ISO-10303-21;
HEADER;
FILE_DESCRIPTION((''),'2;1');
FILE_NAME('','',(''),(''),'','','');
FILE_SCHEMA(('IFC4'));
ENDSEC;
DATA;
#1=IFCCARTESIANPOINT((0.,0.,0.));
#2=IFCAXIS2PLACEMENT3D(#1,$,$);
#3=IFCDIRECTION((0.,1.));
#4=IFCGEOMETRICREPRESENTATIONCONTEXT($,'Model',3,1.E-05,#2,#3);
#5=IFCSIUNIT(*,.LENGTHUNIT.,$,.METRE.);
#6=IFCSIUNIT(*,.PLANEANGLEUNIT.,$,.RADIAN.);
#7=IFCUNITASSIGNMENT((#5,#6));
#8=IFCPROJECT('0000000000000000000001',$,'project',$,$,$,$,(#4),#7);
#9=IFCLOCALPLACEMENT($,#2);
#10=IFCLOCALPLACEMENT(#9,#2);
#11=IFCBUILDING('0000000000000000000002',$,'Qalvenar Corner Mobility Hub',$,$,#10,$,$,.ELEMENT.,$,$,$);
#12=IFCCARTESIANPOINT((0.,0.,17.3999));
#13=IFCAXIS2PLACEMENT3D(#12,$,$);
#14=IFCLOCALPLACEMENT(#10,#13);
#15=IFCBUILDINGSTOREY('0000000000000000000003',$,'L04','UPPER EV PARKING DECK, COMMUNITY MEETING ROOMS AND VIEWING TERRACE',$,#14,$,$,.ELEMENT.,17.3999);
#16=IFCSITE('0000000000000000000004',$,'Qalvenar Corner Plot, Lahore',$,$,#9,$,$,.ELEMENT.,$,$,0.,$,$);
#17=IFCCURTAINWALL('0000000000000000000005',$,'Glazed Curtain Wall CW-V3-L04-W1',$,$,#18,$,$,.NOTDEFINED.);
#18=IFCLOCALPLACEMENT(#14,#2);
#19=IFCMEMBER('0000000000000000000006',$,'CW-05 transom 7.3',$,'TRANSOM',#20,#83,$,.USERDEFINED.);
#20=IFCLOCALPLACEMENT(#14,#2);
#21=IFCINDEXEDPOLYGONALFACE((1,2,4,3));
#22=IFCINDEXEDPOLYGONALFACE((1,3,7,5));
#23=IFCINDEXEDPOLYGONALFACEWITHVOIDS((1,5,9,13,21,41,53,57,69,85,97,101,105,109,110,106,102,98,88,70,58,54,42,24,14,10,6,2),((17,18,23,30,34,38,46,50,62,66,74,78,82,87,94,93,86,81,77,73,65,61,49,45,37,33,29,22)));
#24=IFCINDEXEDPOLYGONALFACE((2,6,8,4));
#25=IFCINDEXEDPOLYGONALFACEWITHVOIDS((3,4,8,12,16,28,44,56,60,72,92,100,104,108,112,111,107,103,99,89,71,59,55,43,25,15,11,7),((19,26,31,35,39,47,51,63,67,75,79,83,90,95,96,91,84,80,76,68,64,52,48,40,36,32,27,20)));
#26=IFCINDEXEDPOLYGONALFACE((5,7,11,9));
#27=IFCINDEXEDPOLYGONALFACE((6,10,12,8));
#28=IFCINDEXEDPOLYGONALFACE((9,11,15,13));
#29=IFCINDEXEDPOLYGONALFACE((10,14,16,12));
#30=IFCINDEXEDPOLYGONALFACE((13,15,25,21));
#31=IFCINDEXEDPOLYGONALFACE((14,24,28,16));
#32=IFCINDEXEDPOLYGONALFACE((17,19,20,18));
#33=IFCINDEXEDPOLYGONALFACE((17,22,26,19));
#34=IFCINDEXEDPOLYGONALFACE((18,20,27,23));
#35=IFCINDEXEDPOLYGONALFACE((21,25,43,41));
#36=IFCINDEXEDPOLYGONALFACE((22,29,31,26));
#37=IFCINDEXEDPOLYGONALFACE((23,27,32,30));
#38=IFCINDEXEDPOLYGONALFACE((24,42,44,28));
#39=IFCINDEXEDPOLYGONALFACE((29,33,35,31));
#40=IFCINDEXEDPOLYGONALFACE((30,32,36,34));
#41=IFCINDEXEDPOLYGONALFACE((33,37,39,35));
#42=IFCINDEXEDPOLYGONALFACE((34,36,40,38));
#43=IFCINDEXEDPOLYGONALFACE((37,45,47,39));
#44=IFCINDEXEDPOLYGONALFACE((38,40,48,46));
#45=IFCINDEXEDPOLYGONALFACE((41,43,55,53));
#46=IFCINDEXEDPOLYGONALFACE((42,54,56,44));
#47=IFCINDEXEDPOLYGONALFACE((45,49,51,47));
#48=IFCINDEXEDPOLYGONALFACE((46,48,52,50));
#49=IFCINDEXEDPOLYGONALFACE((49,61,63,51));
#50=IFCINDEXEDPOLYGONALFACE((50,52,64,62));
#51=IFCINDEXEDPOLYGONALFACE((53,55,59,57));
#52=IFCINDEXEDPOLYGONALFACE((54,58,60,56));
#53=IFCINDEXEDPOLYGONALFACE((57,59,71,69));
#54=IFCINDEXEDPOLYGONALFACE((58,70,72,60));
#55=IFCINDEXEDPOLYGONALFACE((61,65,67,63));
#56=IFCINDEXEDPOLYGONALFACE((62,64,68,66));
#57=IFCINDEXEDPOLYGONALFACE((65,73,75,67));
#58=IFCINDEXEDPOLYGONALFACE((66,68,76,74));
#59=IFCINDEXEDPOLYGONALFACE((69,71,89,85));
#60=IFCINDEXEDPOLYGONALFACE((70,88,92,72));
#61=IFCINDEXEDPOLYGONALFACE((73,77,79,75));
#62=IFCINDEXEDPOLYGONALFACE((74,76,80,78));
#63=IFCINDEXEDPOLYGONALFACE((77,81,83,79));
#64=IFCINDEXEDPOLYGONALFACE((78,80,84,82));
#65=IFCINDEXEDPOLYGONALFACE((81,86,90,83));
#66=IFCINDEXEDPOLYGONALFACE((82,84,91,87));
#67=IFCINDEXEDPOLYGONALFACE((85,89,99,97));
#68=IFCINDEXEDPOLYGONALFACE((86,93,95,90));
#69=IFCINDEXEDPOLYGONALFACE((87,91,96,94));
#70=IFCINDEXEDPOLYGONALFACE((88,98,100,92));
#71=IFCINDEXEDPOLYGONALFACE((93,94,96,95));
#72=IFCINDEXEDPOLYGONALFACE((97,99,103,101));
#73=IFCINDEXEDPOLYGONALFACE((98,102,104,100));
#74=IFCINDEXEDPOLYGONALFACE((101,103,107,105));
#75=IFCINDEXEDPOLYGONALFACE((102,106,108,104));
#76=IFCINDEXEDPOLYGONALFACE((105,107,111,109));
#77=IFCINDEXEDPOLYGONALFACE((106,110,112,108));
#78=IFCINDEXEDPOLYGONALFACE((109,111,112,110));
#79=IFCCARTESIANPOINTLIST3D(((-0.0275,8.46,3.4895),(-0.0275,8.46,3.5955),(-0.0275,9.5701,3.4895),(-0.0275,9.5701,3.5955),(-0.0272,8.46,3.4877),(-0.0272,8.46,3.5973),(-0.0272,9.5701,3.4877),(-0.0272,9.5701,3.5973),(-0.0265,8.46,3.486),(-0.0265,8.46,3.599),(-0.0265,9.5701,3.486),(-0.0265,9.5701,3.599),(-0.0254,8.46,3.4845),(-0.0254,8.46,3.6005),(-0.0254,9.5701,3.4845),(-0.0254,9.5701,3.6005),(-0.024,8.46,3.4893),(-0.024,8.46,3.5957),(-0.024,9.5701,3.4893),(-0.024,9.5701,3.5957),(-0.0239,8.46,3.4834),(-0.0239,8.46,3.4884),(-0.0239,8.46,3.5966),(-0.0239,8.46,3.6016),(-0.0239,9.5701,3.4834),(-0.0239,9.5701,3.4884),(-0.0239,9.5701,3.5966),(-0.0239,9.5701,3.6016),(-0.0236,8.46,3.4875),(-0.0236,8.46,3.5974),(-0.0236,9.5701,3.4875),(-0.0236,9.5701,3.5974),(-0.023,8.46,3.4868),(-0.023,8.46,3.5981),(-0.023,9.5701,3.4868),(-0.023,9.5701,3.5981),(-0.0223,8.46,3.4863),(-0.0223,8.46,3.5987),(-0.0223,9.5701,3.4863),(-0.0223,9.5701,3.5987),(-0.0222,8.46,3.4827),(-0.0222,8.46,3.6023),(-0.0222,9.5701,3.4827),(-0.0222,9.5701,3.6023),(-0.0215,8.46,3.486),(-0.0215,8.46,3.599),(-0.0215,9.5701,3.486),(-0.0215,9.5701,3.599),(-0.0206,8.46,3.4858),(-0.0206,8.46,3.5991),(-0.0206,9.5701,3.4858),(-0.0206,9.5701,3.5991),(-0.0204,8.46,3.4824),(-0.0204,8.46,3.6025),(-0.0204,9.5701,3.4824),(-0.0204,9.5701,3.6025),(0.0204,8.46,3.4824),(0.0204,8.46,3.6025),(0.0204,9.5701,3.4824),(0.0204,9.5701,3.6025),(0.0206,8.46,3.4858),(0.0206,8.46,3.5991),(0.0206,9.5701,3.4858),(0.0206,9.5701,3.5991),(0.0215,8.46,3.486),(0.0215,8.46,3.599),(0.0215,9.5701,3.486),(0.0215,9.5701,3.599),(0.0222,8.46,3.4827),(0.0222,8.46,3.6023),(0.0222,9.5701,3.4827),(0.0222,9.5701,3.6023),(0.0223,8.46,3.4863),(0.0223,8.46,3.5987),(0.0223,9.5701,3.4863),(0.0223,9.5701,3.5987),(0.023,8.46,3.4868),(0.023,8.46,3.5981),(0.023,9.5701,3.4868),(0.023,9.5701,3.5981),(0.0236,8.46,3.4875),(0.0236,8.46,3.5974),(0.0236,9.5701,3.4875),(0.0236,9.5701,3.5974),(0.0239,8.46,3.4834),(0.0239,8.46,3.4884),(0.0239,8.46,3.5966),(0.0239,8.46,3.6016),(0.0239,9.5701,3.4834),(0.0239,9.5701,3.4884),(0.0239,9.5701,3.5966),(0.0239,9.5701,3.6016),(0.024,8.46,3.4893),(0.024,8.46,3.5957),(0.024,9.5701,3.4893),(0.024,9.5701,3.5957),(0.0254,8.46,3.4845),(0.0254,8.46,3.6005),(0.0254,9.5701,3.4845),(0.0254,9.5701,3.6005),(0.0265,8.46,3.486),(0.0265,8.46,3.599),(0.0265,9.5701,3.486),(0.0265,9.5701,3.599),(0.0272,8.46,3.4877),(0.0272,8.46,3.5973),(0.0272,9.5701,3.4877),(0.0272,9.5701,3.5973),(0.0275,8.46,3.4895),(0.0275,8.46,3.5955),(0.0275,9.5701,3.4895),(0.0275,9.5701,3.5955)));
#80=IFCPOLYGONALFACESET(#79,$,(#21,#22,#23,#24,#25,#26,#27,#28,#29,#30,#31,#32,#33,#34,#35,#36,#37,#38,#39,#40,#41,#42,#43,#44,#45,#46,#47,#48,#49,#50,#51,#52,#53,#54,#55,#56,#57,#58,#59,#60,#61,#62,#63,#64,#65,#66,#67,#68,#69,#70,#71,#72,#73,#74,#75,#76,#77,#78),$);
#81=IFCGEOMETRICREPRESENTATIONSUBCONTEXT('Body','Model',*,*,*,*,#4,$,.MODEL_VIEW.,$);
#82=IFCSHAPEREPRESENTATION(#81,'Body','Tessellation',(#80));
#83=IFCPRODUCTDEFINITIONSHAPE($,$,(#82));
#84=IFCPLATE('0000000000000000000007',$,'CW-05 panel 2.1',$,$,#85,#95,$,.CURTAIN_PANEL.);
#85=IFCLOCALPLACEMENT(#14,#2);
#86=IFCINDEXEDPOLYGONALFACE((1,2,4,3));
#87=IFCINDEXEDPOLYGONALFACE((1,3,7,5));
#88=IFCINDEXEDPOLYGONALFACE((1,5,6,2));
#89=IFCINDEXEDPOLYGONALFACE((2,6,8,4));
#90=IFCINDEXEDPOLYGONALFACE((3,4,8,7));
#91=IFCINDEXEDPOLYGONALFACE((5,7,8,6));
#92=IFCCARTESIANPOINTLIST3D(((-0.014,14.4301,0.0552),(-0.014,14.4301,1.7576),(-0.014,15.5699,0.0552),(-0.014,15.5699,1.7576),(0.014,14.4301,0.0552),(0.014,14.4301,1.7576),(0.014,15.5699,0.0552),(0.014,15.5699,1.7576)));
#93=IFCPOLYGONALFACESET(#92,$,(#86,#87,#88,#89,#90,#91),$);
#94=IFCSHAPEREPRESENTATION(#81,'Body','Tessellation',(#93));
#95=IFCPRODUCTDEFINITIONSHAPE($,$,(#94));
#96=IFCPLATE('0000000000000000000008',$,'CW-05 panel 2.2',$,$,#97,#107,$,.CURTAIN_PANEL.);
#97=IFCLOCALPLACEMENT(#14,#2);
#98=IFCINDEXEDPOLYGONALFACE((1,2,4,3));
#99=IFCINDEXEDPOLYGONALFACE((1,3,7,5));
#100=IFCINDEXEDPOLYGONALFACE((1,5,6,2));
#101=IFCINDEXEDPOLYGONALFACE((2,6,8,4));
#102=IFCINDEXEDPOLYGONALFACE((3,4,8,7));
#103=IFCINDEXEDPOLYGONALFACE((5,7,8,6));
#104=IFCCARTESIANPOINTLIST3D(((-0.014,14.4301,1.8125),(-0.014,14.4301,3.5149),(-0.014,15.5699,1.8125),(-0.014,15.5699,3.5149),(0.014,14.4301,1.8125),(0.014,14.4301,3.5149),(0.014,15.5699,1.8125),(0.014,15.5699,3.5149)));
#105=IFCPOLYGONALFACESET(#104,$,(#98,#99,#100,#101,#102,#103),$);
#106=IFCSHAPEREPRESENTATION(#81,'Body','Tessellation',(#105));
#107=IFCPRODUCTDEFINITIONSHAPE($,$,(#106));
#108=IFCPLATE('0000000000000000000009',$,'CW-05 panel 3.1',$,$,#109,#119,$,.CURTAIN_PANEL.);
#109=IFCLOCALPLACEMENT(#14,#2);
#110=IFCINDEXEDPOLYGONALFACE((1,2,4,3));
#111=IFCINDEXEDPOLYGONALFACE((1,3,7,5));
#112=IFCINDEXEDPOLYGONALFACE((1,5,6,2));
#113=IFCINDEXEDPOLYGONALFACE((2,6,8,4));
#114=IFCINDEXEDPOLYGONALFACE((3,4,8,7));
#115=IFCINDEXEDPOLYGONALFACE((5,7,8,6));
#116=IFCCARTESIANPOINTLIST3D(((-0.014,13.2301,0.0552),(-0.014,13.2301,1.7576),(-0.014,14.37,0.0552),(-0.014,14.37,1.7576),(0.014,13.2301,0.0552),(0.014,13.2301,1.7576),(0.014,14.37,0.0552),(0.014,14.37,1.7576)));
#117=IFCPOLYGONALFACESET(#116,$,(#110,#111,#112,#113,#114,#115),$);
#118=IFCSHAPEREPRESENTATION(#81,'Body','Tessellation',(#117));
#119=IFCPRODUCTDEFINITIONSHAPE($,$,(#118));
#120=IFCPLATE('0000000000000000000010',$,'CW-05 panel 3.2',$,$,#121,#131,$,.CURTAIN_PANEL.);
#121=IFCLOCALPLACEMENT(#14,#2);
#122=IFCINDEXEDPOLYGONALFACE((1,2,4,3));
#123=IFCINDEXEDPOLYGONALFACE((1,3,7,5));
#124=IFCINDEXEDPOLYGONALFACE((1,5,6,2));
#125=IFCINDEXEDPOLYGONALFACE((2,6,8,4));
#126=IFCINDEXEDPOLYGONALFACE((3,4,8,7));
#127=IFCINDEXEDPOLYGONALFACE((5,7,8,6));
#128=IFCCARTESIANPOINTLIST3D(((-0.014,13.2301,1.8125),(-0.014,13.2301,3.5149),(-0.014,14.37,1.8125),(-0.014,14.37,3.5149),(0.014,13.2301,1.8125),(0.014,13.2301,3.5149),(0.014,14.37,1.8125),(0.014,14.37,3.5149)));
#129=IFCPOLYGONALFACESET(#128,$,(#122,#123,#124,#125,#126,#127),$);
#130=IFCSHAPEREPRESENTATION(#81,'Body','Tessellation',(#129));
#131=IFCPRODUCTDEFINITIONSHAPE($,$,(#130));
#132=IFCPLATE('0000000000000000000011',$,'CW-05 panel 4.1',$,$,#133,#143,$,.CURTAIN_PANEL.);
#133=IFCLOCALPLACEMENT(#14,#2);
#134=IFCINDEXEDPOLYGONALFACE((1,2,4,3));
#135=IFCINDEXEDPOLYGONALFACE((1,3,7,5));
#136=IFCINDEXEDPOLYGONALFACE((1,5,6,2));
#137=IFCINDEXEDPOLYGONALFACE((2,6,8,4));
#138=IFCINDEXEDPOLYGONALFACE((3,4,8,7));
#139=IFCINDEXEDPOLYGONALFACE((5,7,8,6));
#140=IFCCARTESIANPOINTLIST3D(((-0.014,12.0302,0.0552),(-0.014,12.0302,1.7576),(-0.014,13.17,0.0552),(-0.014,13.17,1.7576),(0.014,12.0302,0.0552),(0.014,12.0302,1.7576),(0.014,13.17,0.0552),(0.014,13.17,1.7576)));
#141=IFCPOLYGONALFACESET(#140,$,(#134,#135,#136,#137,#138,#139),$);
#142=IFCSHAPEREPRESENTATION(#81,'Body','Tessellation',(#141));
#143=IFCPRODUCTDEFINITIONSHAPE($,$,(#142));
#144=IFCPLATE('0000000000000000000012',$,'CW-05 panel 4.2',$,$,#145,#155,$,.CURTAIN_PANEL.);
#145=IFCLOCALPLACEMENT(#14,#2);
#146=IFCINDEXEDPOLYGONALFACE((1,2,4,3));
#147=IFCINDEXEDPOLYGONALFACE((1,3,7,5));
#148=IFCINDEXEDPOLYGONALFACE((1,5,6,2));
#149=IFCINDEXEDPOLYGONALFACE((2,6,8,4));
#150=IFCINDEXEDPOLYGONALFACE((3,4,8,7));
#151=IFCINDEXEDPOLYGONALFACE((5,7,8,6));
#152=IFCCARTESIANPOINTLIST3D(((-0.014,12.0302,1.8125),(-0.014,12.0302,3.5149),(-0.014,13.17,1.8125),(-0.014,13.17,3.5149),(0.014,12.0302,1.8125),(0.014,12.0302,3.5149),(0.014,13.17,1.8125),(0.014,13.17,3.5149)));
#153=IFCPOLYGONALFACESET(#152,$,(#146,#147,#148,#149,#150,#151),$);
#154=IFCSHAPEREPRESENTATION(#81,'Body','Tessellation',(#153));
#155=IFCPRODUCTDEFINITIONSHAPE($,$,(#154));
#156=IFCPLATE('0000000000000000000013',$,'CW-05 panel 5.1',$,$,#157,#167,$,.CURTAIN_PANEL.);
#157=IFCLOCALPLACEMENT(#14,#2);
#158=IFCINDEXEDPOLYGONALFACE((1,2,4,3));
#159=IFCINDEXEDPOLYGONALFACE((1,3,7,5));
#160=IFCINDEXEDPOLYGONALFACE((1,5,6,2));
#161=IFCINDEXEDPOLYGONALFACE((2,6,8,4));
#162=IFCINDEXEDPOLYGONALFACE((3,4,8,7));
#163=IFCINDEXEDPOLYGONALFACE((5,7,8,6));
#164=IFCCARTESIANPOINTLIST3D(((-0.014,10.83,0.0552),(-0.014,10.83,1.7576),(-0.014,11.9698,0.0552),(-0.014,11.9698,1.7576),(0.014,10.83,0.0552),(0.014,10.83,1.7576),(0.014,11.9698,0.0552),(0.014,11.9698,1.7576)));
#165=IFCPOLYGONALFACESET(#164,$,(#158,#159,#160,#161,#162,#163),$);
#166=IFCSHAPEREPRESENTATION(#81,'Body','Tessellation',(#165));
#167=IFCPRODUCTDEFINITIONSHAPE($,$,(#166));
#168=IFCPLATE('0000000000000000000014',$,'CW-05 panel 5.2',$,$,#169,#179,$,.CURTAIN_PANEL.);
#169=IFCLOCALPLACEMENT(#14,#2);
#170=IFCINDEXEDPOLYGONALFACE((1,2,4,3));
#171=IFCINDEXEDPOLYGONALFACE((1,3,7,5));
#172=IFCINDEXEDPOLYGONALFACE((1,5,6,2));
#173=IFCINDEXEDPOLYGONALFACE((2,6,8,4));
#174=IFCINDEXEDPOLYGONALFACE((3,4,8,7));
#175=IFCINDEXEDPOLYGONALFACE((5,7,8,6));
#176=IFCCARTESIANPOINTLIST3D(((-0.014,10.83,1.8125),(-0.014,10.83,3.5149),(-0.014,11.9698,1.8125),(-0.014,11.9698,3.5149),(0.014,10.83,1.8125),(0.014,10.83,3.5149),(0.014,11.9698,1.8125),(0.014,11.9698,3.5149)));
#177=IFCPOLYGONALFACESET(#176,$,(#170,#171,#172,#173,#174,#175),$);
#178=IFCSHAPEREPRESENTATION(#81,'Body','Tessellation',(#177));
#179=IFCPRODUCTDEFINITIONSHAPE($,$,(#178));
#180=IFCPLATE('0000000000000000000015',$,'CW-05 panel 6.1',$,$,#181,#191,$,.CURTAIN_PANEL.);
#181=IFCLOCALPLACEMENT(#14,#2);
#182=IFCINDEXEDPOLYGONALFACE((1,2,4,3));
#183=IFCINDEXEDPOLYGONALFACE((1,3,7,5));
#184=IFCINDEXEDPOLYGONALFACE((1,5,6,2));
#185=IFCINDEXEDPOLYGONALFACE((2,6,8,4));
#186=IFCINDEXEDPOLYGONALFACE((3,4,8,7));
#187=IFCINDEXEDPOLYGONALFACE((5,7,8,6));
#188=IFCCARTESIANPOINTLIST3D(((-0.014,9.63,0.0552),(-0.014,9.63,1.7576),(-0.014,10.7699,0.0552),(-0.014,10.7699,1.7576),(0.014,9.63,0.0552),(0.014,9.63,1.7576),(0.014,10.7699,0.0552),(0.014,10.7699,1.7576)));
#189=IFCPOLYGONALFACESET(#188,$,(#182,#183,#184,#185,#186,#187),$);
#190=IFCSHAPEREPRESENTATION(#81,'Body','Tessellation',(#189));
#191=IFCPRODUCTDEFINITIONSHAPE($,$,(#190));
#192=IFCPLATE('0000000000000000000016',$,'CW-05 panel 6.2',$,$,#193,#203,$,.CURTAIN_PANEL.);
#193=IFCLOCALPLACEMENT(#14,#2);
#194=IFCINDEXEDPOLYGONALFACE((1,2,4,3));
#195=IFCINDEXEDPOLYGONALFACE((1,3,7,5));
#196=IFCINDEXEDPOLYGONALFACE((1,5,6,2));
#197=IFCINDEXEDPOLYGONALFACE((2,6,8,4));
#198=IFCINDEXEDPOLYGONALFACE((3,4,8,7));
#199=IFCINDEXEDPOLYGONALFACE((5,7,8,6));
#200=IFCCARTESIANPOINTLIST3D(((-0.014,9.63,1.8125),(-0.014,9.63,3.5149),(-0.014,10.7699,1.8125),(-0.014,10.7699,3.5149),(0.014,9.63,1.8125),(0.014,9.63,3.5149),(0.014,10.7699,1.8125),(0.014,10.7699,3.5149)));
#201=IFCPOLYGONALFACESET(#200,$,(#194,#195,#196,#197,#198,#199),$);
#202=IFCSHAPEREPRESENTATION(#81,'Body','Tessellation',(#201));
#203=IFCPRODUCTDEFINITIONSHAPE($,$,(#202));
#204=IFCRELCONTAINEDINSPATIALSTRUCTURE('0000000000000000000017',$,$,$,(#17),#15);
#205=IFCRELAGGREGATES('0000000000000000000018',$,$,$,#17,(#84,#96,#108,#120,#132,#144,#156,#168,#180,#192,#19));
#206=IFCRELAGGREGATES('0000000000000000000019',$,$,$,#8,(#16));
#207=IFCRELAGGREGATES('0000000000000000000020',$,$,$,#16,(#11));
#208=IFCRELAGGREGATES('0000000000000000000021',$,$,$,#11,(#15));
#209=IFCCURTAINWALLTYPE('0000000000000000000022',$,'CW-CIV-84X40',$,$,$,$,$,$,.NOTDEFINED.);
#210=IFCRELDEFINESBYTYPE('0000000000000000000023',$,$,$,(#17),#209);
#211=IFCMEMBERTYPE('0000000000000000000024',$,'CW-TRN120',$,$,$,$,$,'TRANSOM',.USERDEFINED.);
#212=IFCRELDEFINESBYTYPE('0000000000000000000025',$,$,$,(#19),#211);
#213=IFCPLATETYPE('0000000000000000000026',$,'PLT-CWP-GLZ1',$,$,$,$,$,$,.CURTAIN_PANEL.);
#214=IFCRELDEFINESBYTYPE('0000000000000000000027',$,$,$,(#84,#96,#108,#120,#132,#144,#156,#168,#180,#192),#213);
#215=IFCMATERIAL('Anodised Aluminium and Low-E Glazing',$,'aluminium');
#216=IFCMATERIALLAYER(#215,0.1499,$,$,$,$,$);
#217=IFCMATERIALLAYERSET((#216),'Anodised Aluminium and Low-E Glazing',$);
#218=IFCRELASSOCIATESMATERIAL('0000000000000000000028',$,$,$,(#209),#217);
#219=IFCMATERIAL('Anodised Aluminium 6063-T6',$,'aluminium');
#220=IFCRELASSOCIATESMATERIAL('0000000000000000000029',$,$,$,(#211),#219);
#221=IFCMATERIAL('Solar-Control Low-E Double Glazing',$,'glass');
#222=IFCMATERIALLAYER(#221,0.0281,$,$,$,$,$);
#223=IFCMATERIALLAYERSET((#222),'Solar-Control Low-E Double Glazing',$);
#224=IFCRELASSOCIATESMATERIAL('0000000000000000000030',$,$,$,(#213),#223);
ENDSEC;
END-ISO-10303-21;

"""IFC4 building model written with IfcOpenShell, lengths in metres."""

from ifc_helpers import new_model, si_unit, direction, frame, origin, origin_2d, place, context, subcontext, project, spatial, rectangle, hollow_rectangle, extrude, material, layer, layer_set, material_profile, profile_set, type_object, element, aggregate, save


model = new_model("IFC4")

# Units and contexts
model_context = context("Model", 3, precision=1e-05, world=origin(), true_north=direction((0.0, 1.0)))
body_context = subcontext(model_context, "Body", "Model", "MODEL_VIEW")
ifc_project = project(units=[si_unit("LENGTHUNIT", "METRE"), si_unit("PLANEANGLEUNIT", "RADIAN")], contexts=[model_context])

# Site, building, storey
site_placement = place(None, origin())
site = spatial("IfcSite", under=ifc_project, at=site_placement, Name="Qalvenar Corner Plot, Lahore", CompositionType="ELEMENT", RefElevation=0.0)
building_placement = place(site_placement, origin())
building = spatial("IfcBuilding", under=site, at=building_placement, Name="Qalvenar Corner Mobility Hub", CompositionType="ELEMENT")
storey_placement = place(building_placement, frame((0.0, 0.0, 17.3999)))
storey = spatial("IfcBuildingStorey", under=building, at=storey_placement, Name="L04", Description="UPPER EV PARKING DECK, COMMUNITY MEETING ROOMS AND VIEWING TERRACE", CompositionType="ELEMENT", Elevation=17.3999)

# Curtain wall, member, plates
ifc_material_1 = material(Name="Anodised Aluminium and Low-E Glazing", Category="aluminium")
ifc_layer_1 = layer(ifc_material_1, 0.1499)
ifc_layer_set_1 = layer_set([ifc_layer_1], Name="Anodised Aluminium and Low-E Glazing")
curtain_wall_type = type_object("IfcCurtainWallType", Name="CW-CIV-84X40", PredefinedType="NOTDEFINED", material=ifc_layer_set_1)
curtain_wall_placement = place(storey_placement, origin())
curtain_wall = element("IfcCurtainWall", 1, at=curtain_wall_placement, inside=storey, type_object=curtain_wall_type, Name="Glazed Curtain Wall CW-V3-L04-W1", PredefinedType="NOTDEFINED")
ifc_material_2 = material(Name="Anodised Aluminium 6063-T6", Category="aluminium")
ifc_material_profile_1 = material_profile(ifc_material_2, hollow_rectangle(XDim=0.0549, YDim=0.1201, WallThickness=0.0034, InnerFilletRadius=0.0034, OuterFilletRadius=0.0071, at=origin_2d()), Name="RHS120x55x3.5")
ifc_profile_set_1 = profile_set([ifc_material_profile_1], Name="Anodised Aluminium 6063-T6")
member_type_1 = type_object("IfcMemberType", Name="CW-TRN120", ElementType="TRANSOM", PredefinedType="USERDEFINED", material=ifc_profile_set_1)
member_1_placement = place(storey_placement, frame((0.0, 9.5701, 3.5425), z_axis=(0.0, -1.0, 0.0), x_axis=(1.0, 0.0, 0.0)))
member_1 = element("IfcMember", 2, at=member_1_placement, type_object=member_type_1, Name="CW-05 transom 7.3", ObjectType="TRANSOM", PredefinedType="USERDEFINED", context=body_context, shape_type="SweptSolid", body=[
    extrude(hollow_rectangle(XDim=0.0549, YDim=0.1201, WallThickness=0.0034, InnerFilletRadius=0.0034, OuterFilletRadius=0.0071, at=origin_2d()), origin(), (0.0, 0.0, 1.0), 1.1101),
])
ifc_material_3 = material(Name="Solar-Control Low-E Double Glazing", Category="glass")
ifc_layer_2 = layer(ifc_material_3, 0.0281)
ifc_layer_set_2 = layer_set([ifc_layer_2], Name="Solar-Control Low-E Double Glazing")
plate_type = type_object("IfcPlateType", Name="PLT-CWP-GLZ1", PredefinedType="CURTAIN_PANEL", material=ifc_layer_set_2)
plate_1_placement = place(storey_placement, frame((0.0, 15.0, 0.0552), z_axis=(0.0, 0.0, 1.0), x_axis=(0.0, -1.0, 0.0)))
plate_1 = element("IfcPlate", 3, at=plate_1_placement, type_object=plate_type, Name="CW-05 panel 2.1", PredefinedType="CURTAIN_PANEL", context=body_context, shape_type="SweptSolid", body=[
    extrude(rectangle(XDim=1.1399, YDim=0.0281, at=origin_2d()), origin(), (0.0, 0.0, 1.0), 1.7024),
])
plate_2_placement = place(storey_placement, frame((0.0, 15.0, 1.8125), z_axis=(0.0, 0.0, 1.0), x_axis=(0.0, -1.0, 0.0)))
plate_2 = element("IfcPlate", 4, at=plate_2_placement, type_object=plate_type, Name="CW-05 panel 2.2", PredefinedType="CURTAIN_PANEL", context=body_context, shape_type="SweptSolid", body=[
    extrude(rectangle(XDim=1.1399, YDim=0.0281, at=origin_2d()), origin(), (0.0, 0.0, 1.0), 1.7024),
])
plate_3_placement = place(storey_placement, frame((0.0, 13.8, 0.0552), z_axis=(0.0, 0.0, 1.0), x_axis=(0.0, -1.0, 0.0)))
plate_3 = element("IfcPlate", 5, at=plate_3_placement, type_object=plate_type, Name="CW-05 panel 3.1", PredefinedType="CURTAIN_PANEL", context=body_context, shape_type="SweptSolid", body=[
    extrude(rectangle(XDim=1.1399, YDim=0.0281, at=origin_2d()), origin(), (0.0, 0.0, 1.0), 1.7024),
])
plate_4_placement = place(storey_placement, frame((0.0, 13.8, 1.8125), z_axis=(0.0, 0.0, 1.0), x_axis=(0.0, -1.0, 0.0)))
plate_4 = element("IfcPlate", 6, at=plate_4_placement, type_object=plate_type, Name="CW-05 panel 3.2", PredefinedType="CURTAIN_PANEL", context=body_context, shape_type="SweptSolid", body=[
    extrude(rectangle(XDim=1.1399, YDim=0.0281, at=origin_2d()), origin(), (0.0, 0.0, 1.0), 1.7024),
])
plate_5_placement = place(storey_placement, frame((0.0, 12.6001, 0.0552), z_axis=(0.0, 0.0, 1.0), x_axis=(0.0, -1.0, 0.0)))
plate_5 = element("IfcPlate", 7, at=plate_5_placement, type_object=plate_type, Name="CW-05 panel 4.1", PredefinedType="CURTAIN_PANEL", context=body_context, shape_type="SweptSolid", body=[
    extrude(rectangle(XDim=1.1399, YDim=0.0281, at=origin_2d()), origin(), (0.0, 0.0, 1.0), 1.7024),
])
plate_6_placement = place(storey_placement, frame((0.0, 12.6001, 1.8125), z_axis=(0.0, 0.0, 1.0), x_axis=(0.0, -1.0, 0.0)))
plate_6 = element("IfcPlate", 8, at=plate_6_placement, type_object=plate_type, Name="CW-05 panel 4.2", PredefinedType="CURTAIN_PANEL", context=body_context, shape_type="SweptSolid", body=[
    extrude(rectangle(XDim=1.1399, YDim=0.0281, at=origin_2d()), origin(), (0.0, 0.0, 1.0), 1.7024),
])
plate_7_placement = place(storey_placement, frame((0.0, 11.3999, 0.0552), z_axis=(0.0, 0.0, 1.0), x_axis=(0.0, -1.0, 0.0)))
plate_7 = element("IfcPlate", 9, at=plate_7_placement, type_object=plate_type, Name="CW-05 panel 5.1", PredefinedType="CURTAIN_PANEL", context=body_context, shape_type="SweptSolid", body=[
    extrude(rectangle(XDim=1.1399, YDim=0.0281, at=origin_2d()), origin(), (0.0, 0.0, 1.0), 1.7024),
])
plate_8_placement = place(storey_placement, frame((0.0, 11.3999, 1.8125), z_axis=(0.0, 0.0, 1.0), x_axis=(0.0, -1.0, 0.0)))
plate_8 = element("IfcPlate", 10, at=plate_8_placement, type_object=plate_type, Name="CW-05 panel 5.2", PredefinedType="CURTAIN_PANEL", context=body_context, shape_type="SweptSolid", body=[
    extrude(rectangle(XDim=1.1399, YDim=0.0281, at=origin_2d()), origin(), (0.0, 0.0, 1.0), 1.7024),
])
plate_9_placement = place(storey_placement, frame((0.0, 10.2, 0.0552), z_axis=(0.0, 0.0, 1.0), x_axis=(0.0, -1.0, 0.0)))
plate_9 = element("IfcPlate", 11, at=plate_9_placement, type_object=plate_type, Name="CW-05 panel 6.1", PredefinedType="CURTAIN_PANEL", context=body_context, shape_type="SweptSolid", body=[
    extrude(rectangle(XDim=1.1399, YDim=0.0281, at=origin_2d()), origin(), (0.0, 0.0, 1.0), 1.7024),
])
plate_10_placement = place(storey_placement, frame((0.0, 10.2, 1.8125), z_axis=(0.0, 0.0, 1.0), x_axis=(0.0, -1.0, 0.0)))
plate_10 = element("IfcPlate", 12, at=plate_10_placement, type_object=plate_type, Name="CW-05 panel 6.2", PredefinedType="CURTAIN_PANEL", context=body_context, shape_type="SweptSolid", body=[
    extrude(rectangle(XDim=1.1399, YDim=0.0281, at=origin_2d()), origin(), (0.0, 0.0, 1.0), 1.7024),
])
aggregate(curtain_wall, [plate_1, plate_2, plate_3, plate_4, plate_5, plate_6, plate_7, plate_8, plate_9, plate_10, member_1])

save(model, "model.ifc")
